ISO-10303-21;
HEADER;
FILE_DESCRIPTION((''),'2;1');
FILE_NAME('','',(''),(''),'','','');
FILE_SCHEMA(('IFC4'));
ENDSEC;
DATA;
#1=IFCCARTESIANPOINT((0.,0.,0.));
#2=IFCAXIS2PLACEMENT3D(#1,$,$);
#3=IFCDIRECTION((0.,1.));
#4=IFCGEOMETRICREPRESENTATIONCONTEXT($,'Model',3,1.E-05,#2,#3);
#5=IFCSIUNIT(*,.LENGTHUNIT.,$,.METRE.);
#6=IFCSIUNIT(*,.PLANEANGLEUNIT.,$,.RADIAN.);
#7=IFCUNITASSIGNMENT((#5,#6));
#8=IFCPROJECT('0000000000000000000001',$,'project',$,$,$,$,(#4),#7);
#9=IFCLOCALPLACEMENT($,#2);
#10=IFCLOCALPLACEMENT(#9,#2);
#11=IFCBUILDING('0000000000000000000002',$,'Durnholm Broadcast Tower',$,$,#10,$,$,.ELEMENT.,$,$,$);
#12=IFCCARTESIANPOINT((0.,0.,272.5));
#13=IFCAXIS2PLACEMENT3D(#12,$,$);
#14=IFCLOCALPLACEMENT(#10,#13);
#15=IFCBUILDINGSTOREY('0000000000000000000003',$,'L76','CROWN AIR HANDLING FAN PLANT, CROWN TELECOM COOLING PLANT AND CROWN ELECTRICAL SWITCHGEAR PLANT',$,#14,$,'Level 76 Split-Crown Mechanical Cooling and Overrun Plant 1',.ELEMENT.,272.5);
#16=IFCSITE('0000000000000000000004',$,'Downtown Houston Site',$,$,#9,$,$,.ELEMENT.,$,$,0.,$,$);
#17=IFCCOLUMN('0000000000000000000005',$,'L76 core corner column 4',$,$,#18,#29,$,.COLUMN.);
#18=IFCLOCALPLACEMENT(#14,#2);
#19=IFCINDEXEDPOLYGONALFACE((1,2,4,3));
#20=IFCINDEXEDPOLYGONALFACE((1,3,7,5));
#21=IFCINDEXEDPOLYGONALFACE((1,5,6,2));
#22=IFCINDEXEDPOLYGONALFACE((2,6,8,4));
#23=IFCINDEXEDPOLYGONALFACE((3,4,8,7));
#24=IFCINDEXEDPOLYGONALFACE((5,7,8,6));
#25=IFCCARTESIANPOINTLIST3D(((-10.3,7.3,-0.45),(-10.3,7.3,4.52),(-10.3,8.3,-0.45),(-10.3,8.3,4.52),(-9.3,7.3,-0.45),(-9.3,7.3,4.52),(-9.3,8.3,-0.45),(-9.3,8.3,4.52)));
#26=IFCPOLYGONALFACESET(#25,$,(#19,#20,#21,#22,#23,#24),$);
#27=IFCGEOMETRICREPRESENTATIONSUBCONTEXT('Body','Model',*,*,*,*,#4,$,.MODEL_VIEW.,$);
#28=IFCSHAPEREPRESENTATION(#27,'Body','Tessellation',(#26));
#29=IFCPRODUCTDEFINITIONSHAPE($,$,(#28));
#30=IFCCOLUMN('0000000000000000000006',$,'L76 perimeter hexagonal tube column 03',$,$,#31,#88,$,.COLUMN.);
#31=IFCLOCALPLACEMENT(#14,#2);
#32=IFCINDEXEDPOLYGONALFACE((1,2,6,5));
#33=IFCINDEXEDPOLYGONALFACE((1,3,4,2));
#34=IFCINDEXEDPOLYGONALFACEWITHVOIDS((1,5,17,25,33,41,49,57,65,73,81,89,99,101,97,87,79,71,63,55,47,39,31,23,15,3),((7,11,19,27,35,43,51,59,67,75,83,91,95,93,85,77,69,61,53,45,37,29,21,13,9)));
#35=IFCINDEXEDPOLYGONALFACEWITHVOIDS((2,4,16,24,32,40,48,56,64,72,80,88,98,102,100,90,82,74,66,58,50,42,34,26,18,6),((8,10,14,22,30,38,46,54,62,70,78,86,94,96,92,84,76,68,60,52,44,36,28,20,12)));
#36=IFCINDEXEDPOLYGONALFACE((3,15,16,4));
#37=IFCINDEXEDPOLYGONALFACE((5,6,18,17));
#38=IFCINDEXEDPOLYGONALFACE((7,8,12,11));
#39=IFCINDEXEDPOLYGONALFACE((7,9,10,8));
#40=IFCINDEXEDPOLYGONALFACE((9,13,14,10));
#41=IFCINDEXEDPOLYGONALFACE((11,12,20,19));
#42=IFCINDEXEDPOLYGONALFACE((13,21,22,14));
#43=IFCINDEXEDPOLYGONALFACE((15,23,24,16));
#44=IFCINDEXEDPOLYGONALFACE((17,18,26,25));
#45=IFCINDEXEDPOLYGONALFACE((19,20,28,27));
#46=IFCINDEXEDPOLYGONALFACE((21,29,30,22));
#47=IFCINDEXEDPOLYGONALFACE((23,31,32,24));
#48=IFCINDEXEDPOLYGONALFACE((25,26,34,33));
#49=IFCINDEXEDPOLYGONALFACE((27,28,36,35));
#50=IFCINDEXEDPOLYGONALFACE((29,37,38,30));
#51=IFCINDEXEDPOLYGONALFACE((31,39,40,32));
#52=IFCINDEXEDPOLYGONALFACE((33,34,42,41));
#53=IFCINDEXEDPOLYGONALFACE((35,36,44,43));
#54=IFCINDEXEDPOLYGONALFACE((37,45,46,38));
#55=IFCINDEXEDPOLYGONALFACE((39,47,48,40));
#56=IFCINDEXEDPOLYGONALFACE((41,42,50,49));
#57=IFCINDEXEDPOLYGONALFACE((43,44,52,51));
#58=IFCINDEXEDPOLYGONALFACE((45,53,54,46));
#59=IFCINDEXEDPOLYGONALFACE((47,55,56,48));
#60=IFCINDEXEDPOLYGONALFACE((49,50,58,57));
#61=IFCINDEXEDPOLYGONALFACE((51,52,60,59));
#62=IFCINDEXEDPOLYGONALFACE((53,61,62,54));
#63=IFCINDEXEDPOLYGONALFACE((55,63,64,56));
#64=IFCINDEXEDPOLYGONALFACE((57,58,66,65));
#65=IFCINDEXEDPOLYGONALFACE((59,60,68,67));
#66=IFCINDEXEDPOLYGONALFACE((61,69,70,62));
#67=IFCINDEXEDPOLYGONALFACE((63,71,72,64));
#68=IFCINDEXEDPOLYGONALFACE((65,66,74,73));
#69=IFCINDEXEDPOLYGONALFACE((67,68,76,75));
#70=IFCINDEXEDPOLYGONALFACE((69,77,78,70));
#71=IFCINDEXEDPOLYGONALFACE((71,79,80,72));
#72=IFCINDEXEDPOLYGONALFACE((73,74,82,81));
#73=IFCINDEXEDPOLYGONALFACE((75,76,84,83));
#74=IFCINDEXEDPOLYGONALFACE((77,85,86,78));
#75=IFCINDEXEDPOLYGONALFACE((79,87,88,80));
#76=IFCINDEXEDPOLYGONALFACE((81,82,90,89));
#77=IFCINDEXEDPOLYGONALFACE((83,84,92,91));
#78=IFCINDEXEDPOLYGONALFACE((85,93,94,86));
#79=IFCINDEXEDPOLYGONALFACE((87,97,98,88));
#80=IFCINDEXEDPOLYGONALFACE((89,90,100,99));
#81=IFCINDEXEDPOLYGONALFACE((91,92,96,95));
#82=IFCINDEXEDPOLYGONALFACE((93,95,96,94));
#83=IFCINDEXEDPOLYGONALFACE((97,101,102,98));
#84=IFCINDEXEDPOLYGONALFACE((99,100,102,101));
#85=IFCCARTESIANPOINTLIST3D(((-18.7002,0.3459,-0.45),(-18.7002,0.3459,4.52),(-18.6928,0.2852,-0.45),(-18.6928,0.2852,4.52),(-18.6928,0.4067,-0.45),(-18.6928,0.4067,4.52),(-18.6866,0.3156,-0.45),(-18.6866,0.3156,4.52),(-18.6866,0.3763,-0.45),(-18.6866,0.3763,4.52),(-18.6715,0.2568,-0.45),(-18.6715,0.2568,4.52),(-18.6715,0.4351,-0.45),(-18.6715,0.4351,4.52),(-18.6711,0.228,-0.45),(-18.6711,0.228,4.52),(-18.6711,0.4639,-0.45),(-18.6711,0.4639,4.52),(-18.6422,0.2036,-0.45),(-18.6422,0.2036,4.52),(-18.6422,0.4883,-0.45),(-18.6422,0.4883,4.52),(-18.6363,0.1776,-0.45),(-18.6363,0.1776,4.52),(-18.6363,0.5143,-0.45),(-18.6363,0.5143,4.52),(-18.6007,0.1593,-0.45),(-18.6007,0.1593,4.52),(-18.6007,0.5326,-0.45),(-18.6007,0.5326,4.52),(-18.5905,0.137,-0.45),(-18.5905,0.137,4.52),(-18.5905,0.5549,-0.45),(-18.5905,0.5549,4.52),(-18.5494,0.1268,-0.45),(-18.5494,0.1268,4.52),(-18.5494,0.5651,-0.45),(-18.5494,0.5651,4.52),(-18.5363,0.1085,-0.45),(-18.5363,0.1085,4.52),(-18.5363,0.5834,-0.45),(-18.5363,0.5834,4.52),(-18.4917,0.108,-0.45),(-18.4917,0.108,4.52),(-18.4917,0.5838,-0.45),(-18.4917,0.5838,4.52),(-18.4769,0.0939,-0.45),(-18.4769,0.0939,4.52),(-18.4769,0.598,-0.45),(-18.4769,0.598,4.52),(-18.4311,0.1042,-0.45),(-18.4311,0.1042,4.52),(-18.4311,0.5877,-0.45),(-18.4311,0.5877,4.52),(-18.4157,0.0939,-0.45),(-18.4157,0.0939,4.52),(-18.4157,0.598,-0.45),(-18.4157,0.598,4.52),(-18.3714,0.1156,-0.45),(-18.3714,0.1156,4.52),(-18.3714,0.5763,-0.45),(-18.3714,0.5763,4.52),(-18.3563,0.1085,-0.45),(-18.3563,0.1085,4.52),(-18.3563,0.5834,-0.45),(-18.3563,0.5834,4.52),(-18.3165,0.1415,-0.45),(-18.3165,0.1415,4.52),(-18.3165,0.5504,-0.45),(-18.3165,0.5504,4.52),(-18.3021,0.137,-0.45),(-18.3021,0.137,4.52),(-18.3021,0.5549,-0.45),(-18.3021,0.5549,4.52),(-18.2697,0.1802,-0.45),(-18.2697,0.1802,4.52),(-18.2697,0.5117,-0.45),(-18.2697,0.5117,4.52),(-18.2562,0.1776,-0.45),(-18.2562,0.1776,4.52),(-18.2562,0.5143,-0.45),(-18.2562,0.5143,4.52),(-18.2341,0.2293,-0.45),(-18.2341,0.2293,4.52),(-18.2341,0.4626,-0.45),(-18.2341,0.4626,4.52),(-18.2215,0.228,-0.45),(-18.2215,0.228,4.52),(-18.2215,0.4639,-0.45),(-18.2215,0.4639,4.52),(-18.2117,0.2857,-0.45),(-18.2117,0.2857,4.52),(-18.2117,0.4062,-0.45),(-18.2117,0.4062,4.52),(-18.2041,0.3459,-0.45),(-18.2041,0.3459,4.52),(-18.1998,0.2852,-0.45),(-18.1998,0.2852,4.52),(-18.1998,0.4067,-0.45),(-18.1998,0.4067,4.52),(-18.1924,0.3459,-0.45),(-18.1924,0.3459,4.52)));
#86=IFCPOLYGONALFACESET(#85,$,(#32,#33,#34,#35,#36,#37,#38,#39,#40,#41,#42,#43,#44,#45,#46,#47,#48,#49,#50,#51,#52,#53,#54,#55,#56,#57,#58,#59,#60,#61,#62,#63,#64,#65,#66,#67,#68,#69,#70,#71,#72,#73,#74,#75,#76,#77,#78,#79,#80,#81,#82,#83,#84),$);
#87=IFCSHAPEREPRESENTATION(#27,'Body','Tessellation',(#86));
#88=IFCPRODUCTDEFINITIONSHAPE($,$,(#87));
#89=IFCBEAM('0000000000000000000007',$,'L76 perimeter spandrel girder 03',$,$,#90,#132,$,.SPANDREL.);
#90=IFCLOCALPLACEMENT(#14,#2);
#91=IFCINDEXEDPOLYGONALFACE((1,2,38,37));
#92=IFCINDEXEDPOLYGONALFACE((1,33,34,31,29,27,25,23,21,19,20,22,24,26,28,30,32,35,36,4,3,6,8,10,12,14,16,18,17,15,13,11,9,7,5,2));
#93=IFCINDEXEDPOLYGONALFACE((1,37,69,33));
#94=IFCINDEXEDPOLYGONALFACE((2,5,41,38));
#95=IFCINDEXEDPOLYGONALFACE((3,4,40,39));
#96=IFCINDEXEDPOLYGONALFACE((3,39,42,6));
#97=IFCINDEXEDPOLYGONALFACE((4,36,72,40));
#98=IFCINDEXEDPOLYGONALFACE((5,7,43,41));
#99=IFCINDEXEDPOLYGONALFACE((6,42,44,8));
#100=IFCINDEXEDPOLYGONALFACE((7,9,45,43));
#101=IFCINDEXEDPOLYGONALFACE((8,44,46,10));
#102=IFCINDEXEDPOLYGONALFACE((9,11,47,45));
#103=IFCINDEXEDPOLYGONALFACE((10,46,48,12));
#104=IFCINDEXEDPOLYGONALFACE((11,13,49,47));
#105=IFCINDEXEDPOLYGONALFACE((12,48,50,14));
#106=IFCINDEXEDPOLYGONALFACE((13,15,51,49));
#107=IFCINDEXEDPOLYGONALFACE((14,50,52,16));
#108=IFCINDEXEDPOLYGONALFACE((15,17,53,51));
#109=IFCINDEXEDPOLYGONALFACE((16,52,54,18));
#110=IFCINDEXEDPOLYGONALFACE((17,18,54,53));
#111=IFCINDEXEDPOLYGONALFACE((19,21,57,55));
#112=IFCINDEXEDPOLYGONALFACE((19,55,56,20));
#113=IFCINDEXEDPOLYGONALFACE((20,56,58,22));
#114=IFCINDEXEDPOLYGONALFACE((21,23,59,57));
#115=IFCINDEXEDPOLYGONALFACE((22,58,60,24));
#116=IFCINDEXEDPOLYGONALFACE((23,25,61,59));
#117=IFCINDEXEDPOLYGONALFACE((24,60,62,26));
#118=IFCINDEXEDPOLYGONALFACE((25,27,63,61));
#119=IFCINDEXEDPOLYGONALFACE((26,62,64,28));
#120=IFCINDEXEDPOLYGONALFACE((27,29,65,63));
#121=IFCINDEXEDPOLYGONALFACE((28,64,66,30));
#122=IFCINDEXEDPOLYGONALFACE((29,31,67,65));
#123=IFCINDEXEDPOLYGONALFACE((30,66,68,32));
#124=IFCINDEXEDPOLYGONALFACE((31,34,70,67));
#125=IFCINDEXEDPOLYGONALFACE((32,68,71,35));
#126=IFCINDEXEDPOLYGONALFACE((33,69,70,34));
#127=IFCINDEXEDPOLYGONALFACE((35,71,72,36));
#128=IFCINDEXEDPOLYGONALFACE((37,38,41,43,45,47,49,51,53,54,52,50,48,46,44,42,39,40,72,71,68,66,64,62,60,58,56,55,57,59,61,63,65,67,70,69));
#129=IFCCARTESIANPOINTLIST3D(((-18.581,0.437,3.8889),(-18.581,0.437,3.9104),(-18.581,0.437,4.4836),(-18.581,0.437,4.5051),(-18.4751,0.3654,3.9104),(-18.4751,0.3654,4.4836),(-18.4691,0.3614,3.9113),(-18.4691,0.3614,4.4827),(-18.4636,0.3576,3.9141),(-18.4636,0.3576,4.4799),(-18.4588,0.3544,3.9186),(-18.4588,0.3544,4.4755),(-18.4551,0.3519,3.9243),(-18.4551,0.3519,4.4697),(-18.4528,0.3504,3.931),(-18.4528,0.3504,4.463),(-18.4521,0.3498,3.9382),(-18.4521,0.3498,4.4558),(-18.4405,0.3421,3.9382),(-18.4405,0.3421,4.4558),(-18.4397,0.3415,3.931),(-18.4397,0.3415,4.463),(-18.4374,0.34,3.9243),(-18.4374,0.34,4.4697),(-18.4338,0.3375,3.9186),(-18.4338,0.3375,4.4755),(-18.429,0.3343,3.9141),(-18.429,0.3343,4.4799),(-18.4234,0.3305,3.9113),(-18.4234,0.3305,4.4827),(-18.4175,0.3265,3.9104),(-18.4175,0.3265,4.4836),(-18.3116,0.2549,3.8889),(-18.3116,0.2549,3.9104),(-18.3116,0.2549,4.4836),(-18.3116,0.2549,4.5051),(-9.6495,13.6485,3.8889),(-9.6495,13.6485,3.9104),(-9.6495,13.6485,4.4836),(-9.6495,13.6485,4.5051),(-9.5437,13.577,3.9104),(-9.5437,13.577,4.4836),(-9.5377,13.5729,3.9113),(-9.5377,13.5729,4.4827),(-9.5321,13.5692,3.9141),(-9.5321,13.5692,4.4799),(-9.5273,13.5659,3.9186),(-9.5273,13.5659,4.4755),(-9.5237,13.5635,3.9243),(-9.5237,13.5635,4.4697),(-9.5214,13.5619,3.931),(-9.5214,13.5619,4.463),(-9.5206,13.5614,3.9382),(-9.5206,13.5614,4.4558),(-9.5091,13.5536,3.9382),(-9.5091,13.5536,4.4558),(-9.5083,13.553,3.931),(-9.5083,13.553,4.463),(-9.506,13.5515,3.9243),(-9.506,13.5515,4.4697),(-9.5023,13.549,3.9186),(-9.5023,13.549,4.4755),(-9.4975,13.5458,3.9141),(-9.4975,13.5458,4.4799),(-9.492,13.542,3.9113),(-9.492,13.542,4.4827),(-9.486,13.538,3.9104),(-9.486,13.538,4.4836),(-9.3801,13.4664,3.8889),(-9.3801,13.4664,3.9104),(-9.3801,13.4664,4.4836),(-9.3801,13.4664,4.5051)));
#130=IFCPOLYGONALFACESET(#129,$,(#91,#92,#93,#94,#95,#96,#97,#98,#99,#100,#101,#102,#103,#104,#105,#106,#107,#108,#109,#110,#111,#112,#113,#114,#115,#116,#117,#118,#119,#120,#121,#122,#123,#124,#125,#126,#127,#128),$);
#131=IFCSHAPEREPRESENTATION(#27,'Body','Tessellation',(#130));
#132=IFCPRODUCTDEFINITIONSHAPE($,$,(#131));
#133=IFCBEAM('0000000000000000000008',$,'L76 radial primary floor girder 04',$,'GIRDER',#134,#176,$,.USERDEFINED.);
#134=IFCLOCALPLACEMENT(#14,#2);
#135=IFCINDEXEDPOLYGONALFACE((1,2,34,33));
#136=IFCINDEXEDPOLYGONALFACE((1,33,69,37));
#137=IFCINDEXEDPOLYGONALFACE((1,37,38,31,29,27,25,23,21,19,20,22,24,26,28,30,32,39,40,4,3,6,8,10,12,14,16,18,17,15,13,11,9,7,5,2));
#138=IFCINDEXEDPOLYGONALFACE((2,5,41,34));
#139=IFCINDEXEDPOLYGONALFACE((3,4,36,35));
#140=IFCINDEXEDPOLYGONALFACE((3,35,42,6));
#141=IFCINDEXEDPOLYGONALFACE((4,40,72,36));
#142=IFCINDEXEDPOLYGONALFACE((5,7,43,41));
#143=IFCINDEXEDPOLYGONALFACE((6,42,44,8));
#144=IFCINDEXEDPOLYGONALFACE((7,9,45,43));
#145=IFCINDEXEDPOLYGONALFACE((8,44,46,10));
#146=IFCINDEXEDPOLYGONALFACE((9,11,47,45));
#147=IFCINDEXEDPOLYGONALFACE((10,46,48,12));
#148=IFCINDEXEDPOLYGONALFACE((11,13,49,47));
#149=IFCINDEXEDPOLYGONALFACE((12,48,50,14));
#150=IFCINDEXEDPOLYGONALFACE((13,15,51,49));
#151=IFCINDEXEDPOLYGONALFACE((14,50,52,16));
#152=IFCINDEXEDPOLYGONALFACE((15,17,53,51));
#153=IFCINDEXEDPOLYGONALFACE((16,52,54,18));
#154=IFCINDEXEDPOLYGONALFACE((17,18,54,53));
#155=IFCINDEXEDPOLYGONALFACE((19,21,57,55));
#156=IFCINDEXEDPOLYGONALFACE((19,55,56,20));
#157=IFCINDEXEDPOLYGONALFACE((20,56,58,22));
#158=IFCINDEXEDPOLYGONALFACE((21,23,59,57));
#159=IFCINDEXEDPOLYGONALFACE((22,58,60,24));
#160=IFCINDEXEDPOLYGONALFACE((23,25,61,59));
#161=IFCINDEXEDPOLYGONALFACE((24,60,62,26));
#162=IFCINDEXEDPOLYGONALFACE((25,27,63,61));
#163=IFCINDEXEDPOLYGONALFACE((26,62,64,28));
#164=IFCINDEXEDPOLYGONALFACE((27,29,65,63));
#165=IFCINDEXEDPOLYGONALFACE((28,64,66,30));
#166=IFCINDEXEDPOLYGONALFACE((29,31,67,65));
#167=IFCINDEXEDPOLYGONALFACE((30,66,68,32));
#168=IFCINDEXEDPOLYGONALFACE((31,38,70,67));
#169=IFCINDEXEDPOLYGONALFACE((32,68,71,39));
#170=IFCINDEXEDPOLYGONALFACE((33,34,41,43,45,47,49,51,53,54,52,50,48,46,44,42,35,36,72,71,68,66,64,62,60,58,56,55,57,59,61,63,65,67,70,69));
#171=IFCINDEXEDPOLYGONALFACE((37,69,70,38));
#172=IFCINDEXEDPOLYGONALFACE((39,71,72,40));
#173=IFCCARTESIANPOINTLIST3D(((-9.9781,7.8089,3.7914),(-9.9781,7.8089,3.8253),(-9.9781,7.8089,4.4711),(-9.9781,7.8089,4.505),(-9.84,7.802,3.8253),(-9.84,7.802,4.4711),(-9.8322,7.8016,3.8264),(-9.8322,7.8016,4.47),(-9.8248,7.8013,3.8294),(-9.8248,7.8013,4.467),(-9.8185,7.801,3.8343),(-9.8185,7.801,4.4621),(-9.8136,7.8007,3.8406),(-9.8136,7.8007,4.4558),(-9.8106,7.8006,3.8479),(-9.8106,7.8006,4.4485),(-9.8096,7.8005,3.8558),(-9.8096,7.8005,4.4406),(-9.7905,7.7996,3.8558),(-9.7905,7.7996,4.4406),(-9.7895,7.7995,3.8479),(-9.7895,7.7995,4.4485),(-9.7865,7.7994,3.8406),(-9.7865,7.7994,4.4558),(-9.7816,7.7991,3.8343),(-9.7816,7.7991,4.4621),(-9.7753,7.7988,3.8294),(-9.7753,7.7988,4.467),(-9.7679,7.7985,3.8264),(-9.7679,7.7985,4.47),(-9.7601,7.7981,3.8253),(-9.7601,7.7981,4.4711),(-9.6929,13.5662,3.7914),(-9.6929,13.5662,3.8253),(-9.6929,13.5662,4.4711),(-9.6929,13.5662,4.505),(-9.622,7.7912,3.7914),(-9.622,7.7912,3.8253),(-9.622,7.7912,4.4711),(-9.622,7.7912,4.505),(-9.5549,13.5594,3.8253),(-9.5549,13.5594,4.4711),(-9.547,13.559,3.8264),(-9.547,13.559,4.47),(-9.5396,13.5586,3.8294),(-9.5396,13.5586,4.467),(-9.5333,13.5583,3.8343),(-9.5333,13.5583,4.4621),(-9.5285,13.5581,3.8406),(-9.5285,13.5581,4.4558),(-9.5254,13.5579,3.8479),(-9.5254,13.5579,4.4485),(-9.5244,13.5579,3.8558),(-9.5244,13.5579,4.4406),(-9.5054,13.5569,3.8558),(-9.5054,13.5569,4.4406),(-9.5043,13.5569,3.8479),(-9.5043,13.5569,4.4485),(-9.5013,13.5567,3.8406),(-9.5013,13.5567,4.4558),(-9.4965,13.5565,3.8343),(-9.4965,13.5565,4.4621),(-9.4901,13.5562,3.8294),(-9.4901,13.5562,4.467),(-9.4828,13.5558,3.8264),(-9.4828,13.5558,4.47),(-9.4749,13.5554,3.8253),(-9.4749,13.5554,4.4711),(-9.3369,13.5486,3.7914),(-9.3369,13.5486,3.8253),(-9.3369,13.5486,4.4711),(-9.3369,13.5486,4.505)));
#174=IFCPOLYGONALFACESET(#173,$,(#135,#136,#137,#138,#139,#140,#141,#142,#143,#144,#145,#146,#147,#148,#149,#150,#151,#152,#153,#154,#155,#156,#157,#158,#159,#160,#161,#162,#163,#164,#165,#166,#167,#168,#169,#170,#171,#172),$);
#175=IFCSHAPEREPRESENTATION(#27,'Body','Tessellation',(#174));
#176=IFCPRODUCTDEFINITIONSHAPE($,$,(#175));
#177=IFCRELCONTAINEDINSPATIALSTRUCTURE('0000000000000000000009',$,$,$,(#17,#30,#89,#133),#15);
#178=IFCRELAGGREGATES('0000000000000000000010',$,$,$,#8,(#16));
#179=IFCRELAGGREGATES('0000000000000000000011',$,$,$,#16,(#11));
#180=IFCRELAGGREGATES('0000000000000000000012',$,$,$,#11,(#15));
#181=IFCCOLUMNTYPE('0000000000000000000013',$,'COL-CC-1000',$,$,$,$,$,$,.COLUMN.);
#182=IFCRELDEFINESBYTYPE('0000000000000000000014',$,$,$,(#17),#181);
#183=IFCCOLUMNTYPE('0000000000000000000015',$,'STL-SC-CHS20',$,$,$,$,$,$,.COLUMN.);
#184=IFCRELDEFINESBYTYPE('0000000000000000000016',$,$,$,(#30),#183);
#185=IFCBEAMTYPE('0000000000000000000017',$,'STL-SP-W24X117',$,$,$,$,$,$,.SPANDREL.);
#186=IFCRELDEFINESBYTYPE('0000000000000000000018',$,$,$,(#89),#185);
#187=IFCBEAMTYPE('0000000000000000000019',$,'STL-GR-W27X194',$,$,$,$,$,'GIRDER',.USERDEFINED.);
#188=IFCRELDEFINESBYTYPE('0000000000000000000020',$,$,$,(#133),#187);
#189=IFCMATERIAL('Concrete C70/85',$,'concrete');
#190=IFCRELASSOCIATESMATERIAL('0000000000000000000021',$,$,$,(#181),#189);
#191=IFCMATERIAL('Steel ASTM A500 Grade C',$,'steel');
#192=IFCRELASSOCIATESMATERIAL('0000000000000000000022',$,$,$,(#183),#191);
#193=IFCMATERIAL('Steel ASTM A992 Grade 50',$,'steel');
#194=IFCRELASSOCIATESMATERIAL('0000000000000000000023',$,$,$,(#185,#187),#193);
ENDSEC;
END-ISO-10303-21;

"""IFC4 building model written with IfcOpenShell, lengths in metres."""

from ifc_helpers import new_model, si_unit, direction, frame, origin, origin_2d, place, context, subcontext, project, spatial, rectangle, hollow_circle, i_section, extrude, source, transform, mapped, material, material_profile, profile_set, type_object, type_shapes, element, save


model = new_model("IFC4")

# Units and contexts
model_context = context("Model", 3, precision=1e-05, world=origin(), true_north=direction((0.0, 1.0)))
body_context = subcontext(model_context, "Body", "Model", "MODEL_VIEW")
ifc_project = project(units=[si_unit("LENGTHUNIT", "METRE"), si_unit("PLANEANGLEUNIT", "RADIAN")], contexts=[model_context])

# Site, building, storey
site_placement = place(None, origin())
site = spatial("IfcSite", under=ifc_project, at=site_placement, Name="Downtown Houston Site", CompositionType="ELEMENT", RefElevation=0.0)
building_placement = place(site_placement, origin())
building = spatial("IfcBuilding", under=site, at=building_placement, Name="Durnholm Broadcast Tower", CompositionType="ELEMENT")
storey_placement = place(building_placement, frame((0.0, 0.0, 272.5)))
storey = spatial("IfcBuildingStorey", under=building, at=storey_placement, Name="L76", Description="CROWN AIR HANDLING FAN PLANT, CROWN TELECOM COOLING PLANT AND CROWN ELECTRICAL SWITCHGEAR PLANT", LongName="Level 76 Split-Crown Mechanical Cooling and Overrun Plant 1", CompositionType="ELEMENT", Elevation=272.5)

# Columns
ifc_material_1 = material(Name="Concrete C70/85", Category="concrete")
ifc_material_profile_1 = material_profile(ifc_material_1, rectangle(XDim=1.0, YDim=1.0, at=origin_2d()), Name="RC1000X1000")
ifc_profile_set_1 = profile_set([ifc_material_profile_1], Name="Concrete C70/85")
column_type_1 = type_object("IfcColumnType", Name="COL-CC-1000", PredefinedType="COLUMN", material=ifc_profile_set_1)
shared_shape_1 = source(origin(), body_context, "Body", "SweptSolid", [
    extrude(rectangle(XDim=1.0, YDim=1.0, at=origin_2d()), origin(), (0.0, 0.0, 1.0), 4.97),
])
type_shapes(column_type_1, [shared_shape_1])
column_1_placement = place(storey_placement, frame((-9.8, 7.8, -0.45), z_axis=(0.0, 0.0, 1.0), x_axis=(1.0, 0.0, 0.0)))
element("IfcColumn", 1, at=column_1_placement, inside=storey, type_object=column_type_1, Name="L76 core corner column 4", PredefinedType="COLUMN", context=body_context, shape_type="MappedRepresentation", body=[
    mapped(shared_shape_1, transform((0.0, 0.0, 0.0), x_axis=(1.0, 0.0, 0.0), y_axis=(0.0, 1.0, 0.0), z_axis=(0.0, 0.0, 1.0), scale=1.0)),
])
ifc_material_2 = material(Name="Steel ASTM A500 Grade C", Category="steel")
ifc_material_profile_2 = material_profile(ifc_material_2, hollow_circle(Radius=0.2539, WallThickness=0.0117, at=origin_2d()), Name="HSS20.000X0.500")
ifc_profile_set_2 = profile_set([ifc_material_profile_2], Name="Steel ASTM A500 Grade C")
column_type_2 = type_object("IfcColumnType", Name="STL-SC-CHS20", PredefinedType="COLUMN", material=ifc_profile_set_2)
shared_shape_2 = source(origin(), body_context, "Body", "SweptSolid", [
    extrude(hollow_circle(Radius=0.2539, WallThickness=0.0117, at=origin_2d()), origin(), (0.0, 0.0, 1.0), 4.97),
])
type_shapes(column_type_2, [shared_shape_2])
column_2_placement = place(storey_placement, frame((-18.4463, 0.3459, -0.45), z_axis=(0.0, 0.0, 1.0), x_axis=(1.0, 0.0, 0.0)))
element("IfcColumn", 2, at=column_2_placement, inside=storey, type_object=column_type_2, Name="L76 perimeter hexagonal tube column 03", PredefinedType="COLUMN", context=body_context, shape_type="MappedRepresentation", body=[
    mapped(shared_shape_2, transform((0.0, 0.0, 0.0), x_axis=(1.0, 0.0, 0.0), y_axis=(0.0, 1.0, 0.0), z_axis=(0.0, 0.0, 1.0), scale=1.0)),
])

# Beams
ifc_material_3 = material(Name="Steel ASTM A992 Grade 50", Category="steel")
ifc_material_profile_3 = material_profile(ifc_material_3, i_section(OverallWidth=0.3252, OverallDepth=0.6162, WebThickness=0.0139, FlangeThickness=0.0215, FilletRadius=0.0278, at=origin_2d()), Name="W24X117")
ifc_profile_set_3 = profile_set([ifc_material_profile_3], Name="Steel ASTM A992 Grade 50")
beam_type_1 = type_object("IfcBeamType", Name="STL-SP-W24X117", PredefinedType="SPANDREL", material=ifc_profile_set_3)
shared_shape_3 = source(origin(), body_context, "Body", "SweptSolid", [
    extrude(i_section(OverallWidth=0.3252, OverallDepth=0.6162, WebThickness=0.0139, FlangeThickness=0.0215, FilletRadius=0.0278, at=origin_2d()), origin(), (0.0, 0.0, 1.0), 15.9473),
])
type_shapes(beam_type_1, [shared_shape_3])
beam_1_placement = place(storey_placement, frame((-18.4463, 0.3459, 4.197), z_axis=(0.560062, 0.828451, 0.0), x_axis=(-0.828451, 0.560062, 0.0)))
element("IfcBeam", 3, at=beam_1_placement, inside=storey, type_object=beam_type_1, Name="L76 perimeter spandrel girder 03", PredefinedType="SPANDREL", context=body_context, shape_type="MappedRepresentation", body=[
    mapped(shared_shape_3, transform((0.0, 0.0, 0.0), x_axis=(1.0, 0.0, 0.0), y_axis=(0.0, 1.0, 0.0), z_axis=(0.0, 0.0, 1.0), scale=1.0)),
])
ifc_material_profile_4 = material_profile(ifc_material_3, i_section(OverallWidth=0.3564, OverallDepth=0.7136, WebThickness=0.019, FlangeThickness=0.0339, FilletRadius=0.0305, at=origin_2d()), Name="W27X194")
ifc_profile_set_4 = profile_set([ifc_material_profile_4], Name="Steel ASTM A992 Grade 50")
beam_type_2 = type_object("IfcBeamType", Name="STL-GR-W27X194", ElementType="GIRDER", PredefinedType="USERDEFINED", material=ifc_profile_set_4)
shared_shape_4 = source(origin(), body_context, "Body", "SweptSolid", [
    extrude(i_section(OverallWidth=0.3564, OverallDepth=0.7136, WebThickness=0.019, FlangeThickness=0.0339, FilletRadius=0.0305, at=origin_2d()), origin(), (0.0, 0.0, 1.0), 5.7644),
])
beam_2_placement = place(storey_placement, frame((-9.8, 7.8, 4.1482), z_axis=(0.049469, 0.998776, 0.0), x_axis=(-0.998776, 0.049469, 0.0)))
element("IfcBeam", 4, at=beam_2_placement, inside=storey, type_object=beam_type_2, Name="L76 radial primary floor girder 04", ObjectType="GIRDER", PredefinedType="USERDEFINED", context=body_context, shape_type="MappedRepresentation", body=[
    mapped(shared_shape_4, transform((0.0, 0.0, 0.0), x_axis=(1.0, 0.0, 0.0), y_axis=(0.0, 1.0, 0.0), z_axis=(0.0, 0.0, 1.0), scale=1.0)),
])

save(model, "model.ifc")
